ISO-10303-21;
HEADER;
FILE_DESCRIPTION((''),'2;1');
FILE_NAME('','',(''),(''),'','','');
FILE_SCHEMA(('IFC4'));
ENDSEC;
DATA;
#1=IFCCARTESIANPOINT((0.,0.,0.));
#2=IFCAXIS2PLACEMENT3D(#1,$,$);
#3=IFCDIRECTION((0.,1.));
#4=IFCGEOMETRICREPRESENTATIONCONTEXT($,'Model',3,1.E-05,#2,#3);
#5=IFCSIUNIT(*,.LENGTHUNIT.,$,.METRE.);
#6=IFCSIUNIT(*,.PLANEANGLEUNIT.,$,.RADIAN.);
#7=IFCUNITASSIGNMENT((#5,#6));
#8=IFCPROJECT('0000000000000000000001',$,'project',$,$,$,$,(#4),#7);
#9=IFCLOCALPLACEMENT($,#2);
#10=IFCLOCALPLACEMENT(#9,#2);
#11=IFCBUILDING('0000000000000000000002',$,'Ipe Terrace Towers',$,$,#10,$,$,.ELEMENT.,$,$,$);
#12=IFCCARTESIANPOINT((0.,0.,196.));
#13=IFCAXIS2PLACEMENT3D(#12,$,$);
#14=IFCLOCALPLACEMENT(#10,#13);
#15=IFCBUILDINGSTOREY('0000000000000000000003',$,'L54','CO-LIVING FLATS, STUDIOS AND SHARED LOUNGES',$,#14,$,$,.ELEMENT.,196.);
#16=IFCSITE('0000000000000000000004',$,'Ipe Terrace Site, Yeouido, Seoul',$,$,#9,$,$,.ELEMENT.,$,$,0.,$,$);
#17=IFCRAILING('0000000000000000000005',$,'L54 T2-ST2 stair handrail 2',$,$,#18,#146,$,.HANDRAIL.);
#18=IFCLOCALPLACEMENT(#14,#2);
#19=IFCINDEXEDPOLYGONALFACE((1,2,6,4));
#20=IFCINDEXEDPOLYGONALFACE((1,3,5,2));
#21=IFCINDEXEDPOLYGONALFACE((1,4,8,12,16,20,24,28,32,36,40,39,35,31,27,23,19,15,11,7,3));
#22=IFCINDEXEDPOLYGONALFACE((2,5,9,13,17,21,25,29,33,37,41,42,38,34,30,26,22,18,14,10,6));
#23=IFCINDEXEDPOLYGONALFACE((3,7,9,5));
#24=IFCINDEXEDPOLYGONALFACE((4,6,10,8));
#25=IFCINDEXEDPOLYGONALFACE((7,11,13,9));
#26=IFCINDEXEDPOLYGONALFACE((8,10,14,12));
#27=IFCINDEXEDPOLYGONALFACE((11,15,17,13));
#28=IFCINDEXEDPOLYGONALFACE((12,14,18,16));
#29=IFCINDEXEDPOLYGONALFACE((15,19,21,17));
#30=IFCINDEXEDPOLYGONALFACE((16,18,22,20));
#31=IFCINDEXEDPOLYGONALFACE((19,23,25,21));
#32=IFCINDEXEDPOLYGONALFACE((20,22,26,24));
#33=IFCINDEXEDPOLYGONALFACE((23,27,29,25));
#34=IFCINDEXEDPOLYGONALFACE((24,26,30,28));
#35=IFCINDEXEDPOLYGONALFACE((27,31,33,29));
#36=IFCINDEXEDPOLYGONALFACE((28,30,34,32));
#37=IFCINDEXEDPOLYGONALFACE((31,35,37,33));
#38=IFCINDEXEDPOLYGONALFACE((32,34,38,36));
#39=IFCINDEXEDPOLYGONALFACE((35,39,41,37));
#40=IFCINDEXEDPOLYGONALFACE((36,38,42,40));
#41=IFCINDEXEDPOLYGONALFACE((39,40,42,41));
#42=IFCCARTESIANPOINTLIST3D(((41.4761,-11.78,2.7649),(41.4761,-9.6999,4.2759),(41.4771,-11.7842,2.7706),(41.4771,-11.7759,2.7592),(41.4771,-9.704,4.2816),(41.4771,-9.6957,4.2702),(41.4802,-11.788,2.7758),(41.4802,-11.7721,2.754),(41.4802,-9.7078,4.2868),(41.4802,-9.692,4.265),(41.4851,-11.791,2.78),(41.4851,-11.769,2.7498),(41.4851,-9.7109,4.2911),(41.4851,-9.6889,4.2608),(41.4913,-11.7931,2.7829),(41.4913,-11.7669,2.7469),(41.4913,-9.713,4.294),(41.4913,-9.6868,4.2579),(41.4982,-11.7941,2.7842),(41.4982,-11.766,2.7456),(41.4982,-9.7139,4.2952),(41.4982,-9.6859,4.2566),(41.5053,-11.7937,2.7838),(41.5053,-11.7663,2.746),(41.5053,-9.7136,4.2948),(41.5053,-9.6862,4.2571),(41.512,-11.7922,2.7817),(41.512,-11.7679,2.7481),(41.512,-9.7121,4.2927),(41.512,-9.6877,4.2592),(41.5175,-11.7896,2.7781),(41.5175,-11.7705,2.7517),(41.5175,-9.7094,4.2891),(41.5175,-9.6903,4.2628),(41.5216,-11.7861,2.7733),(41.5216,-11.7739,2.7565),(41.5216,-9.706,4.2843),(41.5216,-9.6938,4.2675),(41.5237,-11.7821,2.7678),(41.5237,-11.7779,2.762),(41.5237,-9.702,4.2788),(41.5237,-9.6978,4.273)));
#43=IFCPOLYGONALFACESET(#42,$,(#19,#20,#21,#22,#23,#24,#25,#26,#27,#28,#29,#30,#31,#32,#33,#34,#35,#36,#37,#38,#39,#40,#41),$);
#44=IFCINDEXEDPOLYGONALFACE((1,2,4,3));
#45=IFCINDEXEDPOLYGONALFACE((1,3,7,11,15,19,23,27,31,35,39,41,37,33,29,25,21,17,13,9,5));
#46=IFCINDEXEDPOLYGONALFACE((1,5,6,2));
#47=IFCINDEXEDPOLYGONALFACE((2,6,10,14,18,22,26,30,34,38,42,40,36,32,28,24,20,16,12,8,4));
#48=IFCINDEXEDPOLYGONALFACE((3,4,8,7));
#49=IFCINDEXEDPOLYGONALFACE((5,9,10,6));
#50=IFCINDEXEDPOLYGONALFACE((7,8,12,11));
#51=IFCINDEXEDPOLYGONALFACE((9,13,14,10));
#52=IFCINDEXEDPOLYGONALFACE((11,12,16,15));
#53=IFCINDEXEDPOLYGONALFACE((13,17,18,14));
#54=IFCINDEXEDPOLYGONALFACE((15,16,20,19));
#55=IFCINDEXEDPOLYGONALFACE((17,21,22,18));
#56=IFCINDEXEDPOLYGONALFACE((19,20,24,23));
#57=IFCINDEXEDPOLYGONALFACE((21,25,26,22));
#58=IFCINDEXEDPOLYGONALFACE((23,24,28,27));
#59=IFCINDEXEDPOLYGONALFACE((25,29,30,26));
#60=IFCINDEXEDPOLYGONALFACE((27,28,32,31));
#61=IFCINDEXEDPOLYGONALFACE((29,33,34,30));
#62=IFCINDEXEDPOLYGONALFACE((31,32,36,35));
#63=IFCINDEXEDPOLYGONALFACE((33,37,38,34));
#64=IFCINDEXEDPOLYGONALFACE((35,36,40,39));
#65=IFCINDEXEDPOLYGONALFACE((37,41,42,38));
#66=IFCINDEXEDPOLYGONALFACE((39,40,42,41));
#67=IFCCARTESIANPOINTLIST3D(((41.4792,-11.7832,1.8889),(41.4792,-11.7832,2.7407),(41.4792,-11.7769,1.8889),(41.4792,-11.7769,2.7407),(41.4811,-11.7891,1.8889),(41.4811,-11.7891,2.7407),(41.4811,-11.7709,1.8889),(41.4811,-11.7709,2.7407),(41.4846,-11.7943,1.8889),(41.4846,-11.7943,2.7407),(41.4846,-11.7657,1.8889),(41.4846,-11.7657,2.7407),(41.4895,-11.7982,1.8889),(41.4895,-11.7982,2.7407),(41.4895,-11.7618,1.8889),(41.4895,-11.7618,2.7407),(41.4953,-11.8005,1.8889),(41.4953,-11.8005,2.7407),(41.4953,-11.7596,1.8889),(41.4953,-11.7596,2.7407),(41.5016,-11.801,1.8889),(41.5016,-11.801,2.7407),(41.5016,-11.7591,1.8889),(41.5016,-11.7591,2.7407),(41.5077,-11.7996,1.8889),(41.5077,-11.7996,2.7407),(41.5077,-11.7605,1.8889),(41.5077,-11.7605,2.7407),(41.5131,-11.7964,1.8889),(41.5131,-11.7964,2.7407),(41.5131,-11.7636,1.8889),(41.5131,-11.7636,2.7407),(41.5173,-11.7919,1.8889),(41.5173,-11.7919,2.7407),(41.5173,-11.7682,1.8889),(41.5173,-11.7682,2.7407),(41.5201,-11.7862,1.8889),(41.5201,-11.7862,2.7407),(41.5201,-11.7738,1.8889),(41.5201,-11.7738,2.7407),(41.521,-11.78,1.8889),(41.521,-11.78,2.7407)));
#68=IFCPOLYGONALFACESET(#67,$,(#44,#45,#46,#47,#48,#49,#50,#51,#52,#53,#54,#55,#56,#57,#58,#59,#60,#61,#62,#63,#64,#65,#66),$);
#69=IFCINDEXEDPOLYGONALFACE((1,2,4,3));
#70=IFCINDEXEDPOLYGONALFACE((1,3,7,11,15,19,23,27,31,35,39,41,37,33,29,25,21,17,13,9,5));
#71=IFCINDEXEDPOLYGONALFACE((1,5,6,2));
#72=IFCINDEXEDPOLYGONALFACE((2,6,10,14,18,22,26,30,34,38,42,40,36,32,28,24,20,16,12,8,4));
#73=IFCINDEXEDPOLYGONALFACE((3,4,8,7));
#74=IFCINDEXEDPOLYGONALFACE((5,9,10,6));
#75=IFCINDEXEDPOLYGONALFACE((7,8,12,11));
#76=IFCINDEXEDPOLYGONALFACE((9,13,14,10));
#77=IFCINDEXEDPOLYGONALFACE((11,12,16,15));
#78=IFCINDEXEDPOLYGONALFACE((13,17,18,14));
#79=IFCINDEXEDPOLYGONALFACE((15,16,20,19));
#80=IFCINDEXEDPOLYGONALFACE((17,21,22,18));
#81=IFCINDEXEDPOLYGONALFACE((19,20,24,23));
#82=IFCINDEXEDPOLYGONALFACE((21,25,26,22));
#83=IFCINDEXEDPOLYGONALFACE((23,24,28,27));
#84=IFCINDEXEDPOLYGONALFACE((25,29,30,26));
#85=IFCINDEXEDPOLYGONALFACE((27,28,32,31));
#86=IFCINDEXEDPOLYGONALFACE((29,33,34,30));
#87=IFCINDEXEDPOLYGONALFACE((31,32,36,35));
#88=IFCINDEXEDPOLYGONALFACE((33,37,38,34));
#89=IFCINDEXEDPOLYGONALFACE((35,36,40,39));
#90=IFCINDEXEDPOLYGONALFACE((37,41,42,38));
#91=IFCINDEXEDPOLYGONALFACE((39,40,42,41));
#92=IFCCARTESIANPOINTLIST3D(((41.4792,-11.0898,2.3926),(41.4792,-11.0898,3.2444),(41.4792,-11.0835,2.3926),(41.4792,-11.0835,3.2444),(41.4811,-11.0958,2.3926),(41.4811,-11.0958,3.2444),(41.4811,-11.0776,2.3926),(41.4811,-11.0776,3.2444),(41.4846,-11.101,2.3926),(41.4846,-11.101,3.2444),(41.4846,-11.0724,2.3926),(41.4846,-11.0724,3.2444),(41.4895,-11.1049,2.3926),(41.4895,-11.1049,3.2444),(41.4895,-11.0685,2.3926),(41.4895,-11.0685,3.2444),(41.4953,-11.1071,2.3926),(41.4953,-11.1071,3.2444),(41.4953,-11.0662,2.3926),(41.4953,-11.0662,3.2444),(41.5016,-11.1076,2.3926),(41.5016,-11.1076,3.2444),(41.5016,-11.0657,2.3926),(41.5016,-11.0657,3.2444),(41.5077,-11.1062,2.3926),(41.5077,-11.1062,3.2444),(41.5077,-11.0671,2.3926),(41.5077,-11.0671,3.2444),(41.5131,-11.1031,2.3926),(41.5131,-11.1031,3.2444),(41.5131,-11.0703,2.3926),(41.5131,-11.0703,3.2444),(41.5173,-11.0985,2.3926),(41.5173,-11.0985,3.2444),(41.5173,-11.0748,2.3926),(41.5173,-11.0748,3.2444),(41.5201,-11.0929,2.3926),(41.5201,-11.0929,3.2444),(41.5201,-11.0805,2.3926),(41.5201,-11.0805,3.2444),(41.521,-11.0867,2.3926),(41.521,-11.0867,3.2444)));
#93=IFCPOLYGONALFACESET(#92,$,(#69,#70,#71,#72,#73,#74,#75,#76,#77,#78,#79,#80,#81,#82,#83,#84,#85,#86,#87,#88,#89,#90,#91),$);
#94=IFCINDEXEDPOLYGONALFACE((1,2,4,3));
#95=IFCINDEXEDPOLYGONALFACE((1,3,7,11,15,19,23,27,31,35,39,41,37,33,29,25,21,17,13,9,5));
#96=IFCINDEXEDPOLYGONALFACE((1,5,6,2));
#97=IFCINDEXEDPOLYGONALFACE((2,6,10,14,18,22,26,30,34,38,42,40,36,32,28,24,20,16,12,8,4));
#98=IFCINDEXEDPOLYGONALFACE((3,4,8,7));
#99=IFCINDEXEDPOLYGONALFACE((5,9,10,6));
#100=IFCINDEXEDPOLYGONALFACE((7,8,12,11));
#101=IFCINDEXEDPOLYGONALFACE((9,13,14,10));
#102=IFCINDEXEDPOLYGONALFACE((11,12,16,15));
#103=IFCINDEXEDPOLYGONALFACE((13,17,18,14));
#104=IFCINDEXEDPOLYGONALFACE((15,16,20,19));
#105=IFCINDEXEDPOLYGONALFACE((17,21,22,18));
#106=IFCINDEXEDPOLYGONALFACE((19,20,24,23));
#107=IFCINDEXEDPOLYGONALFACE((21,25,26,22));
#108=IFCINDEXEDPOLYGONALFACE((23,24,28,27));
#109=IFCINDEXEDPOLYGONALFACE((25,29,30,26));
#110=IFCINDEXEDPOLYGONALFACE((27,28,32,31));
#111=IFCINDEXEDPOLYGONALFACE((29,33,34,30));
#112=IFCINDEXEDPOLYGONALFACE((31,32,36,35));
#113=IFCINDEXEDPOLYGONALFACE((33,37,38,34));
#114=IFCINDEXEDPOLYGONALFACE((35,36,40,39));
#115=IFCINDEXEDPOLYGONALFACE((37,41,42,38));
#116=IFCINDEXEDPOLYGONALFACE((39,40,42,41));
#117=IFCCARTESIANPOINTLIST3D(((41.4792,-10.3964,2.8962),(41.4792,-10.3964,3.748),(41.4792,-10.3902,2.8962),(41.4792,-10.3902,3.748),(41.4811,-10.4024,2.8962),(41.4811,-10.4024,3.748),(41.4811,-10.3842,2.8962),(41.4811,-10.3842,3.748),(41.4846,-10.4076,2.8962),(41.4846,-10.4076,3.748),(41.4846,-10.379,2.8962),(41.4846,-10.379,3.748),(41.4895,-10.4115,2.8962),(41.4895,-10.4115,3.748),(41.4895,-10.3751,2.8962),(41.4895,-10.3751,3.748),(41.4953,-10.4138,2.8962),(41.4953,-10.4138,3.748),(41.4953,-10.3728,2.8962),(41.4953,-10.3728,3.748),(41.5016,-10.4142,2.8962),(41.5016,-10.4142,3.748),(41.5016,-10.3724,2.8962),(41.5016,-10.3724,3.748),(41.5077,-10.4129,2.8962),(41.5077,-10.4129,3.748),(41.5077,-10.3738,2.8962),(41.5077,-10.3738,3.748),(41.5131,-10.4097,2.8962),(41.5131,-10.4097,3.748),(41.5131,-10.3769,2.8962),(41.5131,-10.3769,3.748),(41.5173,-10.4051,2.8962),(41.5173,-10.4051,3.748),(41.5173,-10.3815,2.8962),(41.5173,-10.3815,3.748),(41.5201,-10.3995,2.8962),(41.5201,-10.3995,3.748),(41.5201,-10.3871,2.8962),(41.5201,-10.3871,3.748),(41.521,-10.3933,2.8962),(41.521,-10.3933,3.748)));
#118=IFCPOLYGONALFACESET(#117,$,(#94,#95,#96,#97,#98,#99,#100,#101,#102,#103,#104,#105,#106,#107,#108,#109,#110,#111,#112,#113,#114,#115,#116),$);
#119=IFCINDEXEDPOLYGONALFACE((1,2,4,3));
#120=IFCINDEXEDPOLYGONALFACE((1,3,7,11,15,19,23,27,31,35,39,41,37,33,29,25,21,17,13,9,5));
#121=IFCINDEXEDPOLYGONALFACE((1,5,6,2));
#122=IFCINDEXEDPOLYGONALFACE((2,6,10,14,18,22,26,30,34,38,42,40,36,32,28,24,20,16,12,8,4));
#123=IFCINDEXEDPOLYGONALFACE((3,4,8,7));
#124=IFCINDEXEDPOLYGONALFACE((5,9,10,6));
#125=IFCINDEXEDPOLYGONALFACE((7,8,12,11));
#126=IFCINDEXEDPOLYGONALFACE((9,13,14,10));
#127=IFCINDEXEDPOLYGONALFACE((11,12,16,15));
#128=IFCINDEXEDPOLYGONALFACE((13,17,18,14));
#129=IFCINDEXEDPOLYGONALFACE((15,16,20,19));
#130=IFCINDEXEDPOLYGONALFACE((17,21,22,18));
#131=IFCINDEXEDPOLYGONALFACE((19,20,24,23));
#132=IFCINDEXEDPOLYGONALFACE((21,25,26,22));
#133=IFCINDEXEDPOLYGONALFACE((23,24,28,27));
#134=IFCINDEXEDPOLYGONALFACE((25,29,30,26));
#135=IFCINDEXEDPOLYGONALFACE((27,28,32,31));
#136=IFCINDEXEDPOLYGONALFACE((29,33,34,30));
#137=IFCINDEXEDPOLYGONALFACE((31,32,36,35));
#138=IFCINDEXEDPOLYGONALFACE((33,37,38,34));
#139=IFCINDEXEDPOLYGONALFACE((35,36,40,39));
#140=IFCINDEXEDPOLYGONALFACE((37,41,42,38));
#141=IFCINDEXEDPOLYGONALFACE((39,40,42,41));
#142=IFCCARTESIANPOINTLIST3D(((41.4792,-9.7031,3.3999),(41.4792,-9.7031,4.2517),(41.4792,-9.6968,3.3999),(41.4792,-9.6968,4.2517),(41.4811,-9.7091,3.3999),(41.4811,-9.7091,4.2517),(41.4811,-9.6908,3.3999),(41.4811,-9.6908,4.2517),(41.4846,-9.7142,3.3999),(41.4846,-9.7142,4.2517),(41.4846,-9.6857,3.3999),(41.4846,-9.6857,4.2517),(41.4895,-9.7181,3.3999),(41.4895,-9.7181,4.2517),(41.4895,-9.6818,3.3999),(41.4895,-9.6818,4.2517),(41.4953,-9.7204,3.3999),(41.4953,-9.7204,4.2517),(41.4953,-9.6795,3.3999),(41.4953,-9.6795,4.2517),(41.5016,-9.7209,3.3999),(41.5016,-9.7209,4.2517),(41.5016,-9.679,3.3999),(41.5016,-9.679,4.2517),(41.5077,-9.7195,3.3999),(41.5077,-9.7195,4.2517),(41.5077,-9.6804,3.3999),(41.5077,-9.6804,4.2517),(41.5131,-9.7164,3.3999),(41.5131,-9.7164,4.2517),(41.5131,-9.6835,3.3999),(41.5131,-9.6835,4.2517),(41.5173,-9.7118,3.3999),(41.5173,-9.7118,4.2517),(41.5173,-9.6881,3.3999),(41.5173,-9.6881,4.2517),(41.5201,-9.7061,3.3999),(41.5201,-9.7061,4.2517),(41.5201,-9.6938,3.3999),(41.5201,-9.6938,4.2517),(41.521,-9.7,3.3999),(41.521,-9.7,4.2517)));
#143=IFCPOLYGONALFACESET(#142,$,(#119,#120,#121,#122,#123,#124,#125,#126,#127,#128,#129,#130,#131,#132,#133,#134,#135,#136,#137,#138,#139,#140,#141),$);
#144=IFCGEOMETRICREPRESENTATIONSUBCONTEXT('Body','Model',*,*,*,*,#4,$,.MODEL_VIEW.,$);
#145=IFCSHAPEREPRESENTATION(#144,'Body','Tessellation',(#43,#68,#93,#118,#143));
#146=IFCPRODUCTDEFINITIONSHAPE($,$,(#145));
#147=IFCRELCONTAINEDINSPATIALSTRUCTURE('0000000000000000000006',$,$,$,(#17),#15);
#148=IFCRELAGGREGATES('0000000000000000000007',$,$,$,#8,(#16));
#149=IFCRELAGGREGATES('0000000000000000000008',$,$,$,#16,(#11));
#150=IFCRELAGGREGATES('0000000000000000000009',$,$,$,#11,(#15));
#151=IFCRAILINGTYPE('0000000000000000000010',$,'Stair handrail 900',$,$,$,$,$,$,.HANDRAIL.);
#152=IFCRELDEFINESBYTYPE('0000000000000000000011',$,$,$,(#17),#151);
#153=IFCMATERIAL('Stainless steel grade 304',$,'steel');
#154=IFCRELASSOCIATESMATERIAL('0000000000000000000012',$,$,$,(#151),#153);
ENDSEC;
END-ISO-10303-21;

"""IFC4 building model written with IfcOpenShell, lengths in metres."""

from ifc_helpers import new_model, si_unit, direction, frame, origin, origin_2d, place, context, subcontext, project, spatial, circle, extrude, material, type_object, element, save


model = new_model("IFC4")

# Units and contexts
model_context = context("Model", 3, precision=1e-05, world=origin(), true_north=direction((0.0, 1.0)))
body_context = subcontext(model_context, "Body", "Model", "MODEL_VIEW")
ifc_project = project(units=[si_unit("LENGTHUNIT", "METRE"), si_unit("PLANEANGLEUNIT", "RADIAN")], contexts=[model_context])

# Site, building, storey
site_placement = place(None, origin())
site = spatial("IfcSite", under=ifc_project, at=site_placement, Name="Ipe Terrace Site, Yeouido, Seoul", CompositionType="ELEMENT", RefElevation=0.0)
building_placement = place(site_placement, origin())
building = spatial("IfcBuilding", under=site, at=building_placement, Name="Ipe Terrace Towers", CompositionType="ELEMENT")
storey_placement = place(building_placement, frame((0.0, 0.0, 196.0)))
storey = spatial("IfcBuildingStorey", under=building, at=storey_placement, Name="L54", Description="CO-LIVING FLATS, STUDIOS AND SHARED LOUNGES", CompositionType="ELEMENT", Elevation=196.0)

# Railing
ifc_material_1 = material(Name="Stainless steel grade 304", Category="steel")
railing_type_1 = type_object("IfcRailingType", Name="Stair handrail 900", PredefinedType="HANDRAIL", material=ifc_material_1)
railing_1_placement = place(storey_placement, frame((41.5, -11.78, 1.8889)))
element("IfcRailing", 1, at=railing_1_placement, inside=storey, type_object=railing_type_1, Name="L54 T2-ST2 stair handrail 2", PredefinedType="HANDRAIL", context=body_context, shape_type="SweptSolid", body=[
    extrude(circle(Radius=0.0239, at=origin_2d()), frame((0.0, 0.0, 0.876), z_axis=(0.0, 0.809069, 0.587714), x_axis=(-1.0, 0.0, 0.0)), (0.0, 0.0, 1.0), 2.571),
    extrude(circle(Radius=0.021, at=origin_2d()), origin(), (0.0, 0.0, 1.0), 0.8518),
    extrude(circle(Radius=0.021, at=origin_2d()), frame((0.0, 0.6934, 0.5037)), (0.0, 0.0, 1.0), 0.8518),
    extrude(circle(Radius=0.021, at=origin_2d()), frame((0.0, 1.3867, 1.0073)), (0.0, 0.0, 1.0), 0.8518),
    extrude(circle(Radius=0.021, at=origin_2d()), frame((0.0, 2.0801, 1.511)), (0.0, 0.0, 1.0), 0.8518),
])

save(model, "model.ifc")
